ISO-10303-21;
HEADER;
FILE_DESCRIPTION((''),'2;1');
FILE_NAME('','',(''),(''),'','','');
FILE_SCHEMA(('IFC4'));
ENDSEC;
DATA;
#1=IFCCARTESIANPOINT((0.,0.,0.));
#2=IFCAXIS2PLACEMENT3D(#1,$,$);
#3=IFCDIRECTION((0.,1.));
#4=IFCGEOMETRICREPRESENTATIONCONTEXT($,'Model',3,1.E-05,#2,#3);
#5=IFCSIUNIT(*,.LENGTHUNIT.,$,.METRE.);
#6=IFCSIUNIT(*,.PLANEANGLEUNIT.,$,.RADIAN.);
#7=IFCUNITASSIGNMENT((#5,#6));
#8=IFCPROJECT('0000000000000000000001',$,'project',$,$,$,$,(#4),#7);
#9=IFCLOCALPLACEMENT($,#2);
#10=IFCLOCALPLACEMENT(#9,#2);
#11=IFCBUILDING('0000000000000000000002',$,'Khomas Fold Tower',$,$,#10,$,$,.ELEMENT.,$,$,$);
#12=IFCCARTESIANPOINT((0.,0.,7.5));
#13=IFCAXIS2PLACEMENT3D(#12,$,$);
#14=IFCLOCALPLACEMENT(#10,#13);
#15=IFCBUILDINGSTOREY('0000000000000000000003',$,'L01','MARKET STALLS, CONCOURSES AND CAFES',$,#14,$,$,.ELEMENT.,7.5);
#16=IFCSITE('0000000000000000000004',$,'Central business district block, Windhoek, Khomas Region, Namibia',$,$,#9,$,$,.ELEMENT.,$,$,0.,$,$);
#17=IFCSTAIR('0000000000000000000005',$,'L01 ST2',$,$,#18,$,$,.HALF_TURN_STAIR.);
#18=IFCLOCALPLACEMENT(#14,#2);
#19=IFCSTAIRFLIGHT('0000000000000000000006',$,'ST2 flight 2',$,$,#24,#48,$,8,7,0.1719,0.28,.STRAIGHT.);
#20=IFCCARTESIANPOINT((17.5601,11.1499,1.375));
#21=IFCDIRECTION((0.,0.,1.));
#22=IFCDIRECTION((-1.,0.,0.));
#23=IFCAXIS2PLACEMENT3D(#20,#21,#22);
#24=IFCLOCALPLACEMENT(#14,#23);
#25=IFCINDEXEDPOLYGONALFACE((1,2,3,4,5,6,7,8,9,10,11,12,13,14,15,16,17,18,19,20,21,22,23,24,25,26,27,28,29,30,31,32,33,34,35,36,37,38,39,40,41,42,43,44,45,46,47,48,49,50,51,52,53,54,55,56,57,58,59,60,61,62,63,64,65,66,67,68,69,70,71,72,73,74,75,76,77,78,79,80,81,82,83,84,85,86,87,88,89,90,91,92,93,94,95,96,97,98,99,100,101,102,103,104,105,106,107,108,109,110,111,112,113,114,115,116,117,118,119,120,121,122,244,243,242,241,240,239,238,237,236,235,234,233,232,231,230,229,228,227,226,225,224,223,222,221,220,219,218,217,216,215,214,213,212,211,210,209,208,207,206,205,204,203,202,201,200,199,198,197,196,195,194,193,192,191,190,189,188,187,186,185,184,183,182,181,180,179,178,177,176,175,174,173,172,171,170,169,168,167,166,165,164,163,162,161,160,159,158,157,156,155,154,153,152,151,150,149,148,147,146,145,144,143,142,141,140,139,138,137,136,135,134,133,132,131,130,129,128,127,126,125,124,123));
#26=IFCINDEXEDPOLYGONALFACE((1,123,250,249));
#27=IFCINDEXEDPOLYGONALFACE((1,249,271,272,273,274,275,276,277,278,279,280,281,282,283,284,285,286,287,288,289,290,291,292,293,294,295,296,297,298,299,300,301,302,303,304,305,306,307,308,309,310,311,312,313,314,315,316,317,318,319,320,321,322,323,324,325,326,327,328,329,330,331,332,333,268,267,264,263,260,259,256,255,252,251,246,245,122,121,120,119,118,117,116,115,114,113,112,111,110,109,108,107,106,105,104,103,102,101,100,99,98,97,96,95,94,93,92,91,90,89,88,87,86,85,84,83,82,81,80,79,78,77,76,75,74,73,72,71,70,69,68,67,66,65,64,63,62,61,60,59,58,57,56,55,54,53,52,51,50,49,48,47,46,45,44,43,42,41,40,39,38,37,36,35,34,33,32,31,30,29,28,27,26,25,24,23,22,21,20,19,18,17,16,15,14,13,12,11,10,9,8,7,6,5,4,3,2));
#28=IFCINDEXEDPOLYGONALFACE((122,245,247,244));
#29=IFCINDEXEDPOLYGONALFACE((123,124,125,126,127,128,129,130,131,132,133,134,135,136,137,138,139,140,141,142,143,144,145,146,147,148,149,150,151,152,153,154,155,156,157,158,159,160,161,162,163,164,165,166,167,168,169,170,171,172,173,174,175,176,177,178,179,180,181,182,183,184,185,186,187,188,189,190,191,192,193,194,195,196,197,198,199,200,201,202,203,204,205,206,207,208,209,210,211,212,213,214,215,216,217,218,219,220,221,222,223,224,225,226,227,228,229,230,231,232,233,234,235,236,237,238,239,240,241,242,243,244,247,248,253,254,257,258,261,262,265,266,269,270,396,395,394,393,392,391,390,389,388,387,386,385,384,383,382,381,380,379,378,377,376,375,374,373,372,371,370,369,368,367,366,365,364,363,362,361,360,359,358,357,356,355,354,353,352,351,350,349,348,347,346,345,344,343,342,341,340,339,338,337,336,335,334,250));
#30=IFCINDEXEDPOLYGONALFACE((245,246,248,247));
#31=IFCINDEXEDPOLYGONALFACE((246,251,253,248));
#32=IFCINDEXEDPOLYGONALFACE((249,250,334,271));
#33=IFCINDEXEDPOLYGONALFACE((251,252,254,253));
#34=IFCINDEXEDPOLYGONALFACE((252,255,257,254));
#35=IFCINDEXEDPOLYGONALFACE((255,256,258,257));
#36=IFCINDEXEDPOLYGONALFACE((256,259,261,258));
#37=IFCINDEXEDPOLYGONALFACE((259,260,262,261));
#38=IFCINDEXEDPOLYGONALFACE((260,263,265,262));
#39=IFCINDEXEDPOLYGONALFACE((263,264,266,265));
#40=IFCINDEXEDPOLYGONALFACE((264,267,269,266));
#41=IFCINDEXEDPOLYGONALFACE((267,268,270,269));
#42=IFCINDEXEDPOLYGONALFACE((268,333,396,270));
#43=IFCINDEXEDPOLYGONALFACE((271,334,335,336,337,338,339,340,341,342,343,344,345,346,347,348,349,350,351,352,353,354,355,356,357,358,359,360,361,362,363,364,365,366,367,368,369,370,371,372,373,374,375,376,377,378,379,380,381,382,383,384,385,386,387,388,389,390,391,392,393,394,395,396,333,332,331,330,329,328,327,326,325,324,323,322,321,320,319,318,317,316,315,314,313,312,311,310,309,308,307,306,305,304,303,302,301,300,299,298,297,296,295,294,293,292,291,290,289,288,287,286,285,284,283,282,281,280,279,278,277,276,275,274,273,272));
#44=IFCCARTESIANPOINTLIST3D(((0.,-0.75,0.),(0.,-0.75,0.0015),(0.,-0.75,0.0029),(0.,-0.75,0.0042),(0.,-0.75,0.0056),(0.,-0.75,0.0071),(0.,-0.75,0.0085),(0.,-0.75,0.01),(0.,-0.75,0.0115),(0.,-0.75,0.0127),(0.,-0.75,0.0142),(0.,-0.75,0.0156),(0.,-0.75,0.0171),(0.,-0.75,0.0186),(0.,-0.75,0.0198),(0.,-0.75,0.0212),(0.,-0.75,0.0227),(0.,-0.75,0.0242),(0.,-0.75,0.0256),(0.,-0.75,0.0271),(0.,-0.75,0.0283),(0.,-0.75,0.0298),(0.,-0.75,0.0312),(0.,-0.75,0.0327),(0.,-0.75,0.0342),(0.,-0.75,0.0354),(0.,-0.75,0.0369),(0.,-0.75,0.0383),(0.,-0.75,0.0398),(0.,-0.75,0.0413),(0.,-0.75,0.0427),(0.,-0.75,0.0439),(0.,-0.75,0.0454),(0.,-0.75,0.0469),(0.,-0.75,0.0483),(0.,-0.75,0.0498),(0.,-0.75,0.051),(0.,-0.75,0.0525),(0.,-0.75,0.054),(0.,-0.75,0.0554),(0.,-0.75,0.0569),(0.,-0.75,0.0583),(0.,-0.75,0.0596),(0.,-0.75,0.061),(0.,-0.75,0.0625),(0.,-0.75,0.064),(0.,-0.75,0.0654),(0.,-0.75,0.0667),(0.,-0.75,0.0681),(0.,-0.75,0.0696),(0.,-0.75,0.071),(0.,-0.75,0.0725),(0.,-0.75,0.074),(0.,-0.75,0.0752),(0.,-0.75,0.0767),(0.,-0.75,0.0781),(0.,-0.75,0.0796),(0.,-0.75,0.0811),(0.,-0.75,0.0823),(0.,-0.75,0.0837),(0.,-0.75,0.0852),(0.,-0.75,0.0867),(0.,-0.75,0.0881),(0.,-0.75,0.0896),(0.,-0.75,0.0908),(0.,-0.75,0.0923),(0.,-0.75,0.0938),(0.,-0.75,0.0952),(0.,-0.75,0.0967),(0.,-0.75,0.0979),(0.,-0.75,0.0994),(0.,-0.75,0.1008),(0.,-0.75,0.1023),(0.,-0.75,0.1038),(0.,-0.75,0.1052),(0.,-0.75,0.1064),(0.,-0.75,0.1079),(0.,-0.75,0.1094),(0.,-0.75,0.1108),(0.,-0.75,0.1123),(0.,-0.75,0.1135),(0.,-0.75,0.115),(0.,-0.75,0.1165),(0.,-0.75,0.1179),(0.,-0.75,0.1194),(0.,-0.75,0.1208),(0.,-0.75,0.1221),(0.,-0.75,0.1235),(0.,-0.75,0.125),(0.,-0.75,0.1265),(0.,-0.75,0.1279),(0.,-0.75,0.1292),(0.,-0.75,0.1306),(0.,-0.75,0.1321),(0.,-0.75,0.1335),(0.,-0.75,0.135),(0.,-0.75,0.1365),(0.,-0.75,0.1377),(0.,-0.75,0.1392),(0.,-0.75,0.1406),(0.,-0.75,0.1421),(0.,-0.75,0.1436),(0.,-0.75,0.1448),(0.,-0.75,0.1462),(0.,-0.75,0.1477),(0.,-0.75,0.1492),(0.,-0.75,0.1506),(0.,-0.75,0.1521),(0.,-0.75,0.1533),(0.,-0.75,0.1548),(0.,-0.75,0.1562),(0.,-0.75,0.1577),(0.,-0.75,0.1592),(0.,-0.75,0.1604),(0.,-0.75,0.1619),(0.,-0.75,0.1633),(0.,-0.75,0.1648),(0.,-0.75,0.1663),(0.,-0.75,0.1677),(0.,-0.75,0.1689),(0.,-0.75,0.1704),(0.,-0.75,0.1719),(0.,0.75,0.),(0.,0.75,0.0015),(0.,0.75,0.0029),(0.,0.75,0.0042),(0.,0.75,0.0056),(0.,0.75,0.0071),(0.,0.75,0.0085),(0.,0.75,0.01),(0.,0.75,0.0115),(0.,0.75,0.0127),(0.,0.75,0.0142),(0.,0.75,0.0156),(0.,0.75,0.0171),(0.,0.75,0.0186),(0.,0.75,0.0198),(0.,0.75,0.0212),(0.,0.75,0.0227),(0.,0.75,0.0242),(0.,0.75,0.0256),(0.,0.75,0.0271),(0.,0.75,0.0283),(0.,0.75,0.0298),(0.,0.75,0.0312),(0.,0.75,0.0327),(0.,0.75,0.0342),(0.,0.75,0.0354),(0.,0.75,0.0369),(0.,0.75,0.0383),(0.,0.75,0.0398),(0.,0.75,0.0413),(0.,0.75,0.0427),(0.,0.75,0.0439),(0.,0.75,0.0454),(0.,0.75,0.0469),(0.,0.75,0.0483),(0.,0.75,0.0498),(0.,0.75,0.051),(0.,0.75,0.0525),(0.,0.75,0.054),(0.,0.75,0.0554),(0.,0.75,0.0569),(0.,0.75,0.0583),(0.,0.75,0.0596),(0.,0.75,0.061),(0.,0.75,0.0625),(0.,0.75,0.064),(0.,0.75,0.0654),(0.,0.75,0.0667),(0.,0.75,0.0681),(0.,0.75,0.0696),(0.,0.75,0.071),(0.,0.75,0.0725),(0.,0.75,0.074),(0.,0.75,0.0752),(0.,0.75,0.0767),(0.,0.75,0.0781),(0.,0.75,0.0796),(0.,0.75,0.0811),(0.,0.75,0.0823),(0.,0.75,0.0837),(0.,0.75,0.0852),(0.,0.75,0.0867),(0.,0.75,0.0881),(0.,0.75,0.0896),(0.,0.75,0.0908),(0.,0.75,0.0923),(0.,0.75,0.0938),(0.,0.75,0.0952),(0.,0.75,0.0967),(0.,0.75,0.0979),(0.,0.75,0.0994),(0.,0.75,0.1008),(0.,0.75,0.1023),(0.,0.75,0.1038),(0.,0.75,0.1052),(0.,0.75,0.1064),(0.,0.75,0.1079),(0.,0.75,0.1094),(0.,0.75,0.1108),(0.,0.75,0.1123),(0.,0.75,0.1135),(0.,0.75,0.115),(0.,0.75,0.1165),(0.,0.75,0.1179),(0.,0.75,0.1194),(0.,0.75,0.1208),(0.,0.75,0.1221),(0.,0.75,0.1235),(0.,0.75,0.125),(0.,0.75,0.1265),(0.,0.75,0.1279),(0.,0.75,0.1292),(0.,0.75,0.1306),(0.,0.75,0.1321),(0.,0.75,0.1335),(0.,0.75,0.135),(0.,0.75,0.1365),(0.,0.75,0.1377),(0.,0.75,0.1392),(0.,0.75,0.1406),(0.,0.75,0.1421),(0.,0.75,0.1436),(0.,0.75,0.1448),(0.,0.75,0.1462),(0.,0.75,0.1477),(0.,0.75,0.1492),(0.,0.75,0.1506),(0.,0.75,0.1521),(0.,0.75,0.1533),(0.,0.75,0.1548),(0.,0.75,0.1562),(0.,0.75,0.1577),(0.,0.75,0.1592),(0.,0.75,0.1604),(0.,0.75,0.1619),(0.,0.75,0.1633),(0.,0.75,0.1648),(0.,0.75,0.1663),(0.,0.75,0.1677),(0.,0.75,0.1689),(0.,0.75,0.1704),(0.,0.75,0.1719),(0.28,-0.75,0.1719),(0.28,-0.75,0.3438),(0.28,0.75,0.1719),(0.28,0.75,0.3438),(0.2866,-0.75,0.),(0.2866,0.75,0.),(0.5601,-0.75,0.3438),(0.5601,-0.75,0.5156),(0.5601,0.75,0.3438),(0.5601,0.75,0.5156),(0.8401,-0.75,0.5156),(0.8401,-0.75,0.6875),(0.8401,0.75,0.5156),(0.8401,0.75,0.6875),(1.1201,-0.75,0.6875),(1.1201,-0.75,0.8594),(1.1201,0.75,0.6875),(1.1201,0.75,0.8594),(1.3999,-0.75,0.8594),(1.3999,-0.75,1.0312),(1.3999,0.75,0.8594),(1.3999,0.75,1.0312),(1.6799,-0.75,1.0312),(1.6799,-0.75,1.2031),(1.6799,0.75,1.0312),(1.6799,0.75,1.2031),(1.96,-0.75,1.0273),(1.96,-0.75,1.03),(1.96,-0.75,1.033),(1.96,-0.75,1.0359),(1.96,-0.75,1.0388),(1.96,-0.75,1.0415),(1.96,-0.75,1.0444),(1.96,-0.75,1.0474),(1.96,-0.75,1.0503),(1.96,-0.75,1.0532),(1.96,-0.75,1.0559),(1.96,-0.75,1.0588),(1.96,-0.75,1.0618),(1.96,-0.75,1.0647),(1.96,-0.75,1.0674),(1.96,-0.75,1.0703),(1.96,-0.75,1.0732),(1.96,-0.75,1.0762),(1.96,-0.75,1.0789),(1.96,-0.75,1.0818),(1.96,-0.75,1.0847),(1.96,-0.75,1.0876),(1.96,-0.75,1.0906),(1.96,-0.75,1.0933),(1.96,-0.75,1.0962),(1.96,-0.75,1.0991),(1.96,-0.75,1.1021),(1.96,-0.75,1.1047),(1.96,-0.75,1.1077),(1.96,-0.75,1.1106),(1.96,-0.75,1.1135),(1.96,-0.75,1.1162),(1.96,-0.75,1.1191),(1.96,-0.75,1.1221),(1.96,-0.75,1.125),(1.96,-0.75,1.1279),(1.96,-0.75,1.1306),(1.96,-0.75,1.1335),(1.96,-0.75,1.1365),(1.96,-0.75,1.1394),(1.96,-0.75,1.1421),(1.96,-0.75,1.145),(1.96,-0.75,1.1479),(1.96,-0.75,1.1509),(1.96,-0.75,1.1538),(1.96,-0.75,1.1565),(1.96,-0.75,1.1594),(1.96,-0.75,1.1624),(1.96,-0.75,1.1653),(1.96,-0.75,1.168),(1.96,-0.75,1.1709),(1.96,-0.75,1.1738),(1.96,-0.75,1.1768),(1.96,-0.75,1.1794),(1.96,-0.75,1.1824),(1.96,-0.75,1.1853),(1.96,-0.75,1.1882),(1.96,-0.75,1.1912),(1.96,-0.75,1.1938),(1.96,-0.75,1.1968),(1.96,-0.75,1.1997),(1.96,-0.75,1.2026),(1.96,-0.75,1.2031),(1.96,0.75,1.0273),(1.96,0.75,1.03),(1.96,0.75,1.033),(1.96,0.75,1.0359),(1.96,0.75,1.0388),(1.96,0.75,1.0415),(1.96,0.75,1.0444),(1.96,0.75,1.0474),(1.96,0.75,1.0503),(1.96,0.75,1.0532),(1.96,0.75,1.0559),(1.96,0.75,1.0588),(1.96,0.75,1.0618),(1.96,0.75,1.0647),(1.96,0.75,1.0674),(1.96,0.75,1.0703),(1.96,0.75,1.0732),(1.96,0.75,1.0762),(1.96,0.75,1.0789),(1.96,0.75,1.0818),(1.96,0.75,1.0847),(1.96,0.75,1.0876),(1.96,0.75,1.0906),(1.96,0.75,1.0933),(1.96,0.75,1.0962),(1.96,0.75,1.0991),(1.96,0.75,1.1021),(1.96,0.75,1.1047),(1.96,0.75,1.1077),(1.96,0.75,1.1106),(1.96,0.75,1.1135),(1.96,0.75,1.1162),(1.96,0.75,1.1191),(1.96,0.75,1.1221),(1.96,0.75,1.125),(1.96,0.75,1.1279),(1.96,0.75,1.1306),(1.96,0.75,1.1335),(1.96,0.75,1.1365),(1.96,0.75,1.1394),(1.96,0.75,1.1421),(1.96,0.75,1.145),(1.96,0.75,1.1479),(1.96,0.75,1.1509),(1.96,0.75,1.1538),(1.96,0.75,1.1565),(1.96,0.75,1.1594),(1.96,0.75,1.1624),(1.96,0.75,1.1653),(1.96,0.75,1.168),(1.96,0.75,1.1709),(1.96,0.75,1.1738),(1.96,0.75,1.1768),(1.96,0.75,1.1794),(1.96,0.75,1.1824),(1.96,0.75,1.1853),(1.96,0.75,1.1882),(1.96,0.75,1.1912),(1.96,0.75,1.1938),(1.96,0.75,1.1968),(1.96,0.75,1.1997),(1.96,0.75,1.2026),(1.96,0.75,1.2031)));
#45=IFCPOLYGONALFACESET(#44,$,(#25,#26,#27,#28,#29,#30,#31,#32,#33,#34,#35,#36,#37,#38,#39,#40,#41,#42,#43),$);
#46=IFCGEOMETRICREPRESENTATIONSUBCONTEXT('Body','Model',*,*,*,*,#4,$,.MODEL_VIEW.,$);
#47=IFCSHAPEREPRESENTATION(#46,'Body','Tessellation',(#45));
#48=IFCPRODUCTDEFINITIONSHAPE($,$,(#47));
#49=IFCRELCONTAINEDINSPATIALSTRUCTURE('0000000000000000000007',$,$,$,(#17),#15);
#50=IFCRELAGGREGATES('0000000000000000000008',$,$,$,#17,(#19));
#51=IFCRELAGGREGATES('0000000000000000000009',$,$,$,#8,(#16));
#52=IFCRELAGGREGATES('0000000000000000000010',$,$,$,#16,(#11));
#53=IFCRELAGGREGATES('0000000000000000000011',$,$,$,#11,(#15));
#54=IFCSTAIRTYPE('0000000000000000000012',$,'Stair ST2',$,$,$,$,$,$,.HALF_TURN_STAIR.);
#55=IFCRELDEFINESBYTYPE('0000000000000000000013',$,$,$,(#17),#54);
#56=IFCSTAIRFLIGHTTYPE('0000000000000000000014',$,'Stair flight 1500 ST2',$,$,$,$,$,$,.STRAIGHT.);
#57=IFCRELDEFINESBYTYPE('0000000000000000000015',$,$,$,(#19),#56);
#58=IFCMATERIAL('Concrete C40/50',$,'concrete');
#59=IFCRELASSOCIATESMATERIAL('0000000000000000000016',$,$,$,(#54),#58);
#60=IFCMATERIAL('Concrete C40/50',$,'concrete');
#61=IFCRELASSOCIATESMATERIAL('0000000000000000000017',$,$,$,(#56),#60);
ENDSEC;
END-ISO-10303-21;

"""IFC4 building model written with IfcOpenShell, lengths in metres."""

from ifc_helpers import new_model, si_unit, direction, frame, origin, place, context, subcontext, project, spatial, polyline, outline, extrude, source, transform, mapped, material, type_object, element, aggregate, save


model = new_model("IFC4")

# Units and contexts
model_context = context("Model", 3, precision=1e-05, world=origin(), true_north=direction((0.0, 1.0)))
body_context = subcontext(model_context, "Body", "Model", "MODEL_VIEW")
ifc_project = project(units=[si_unit("LENGTHUNIT", "METRE"), si_unit("PLANEANGLEUNIT", "RADIAN")], contexts=[model_context])

# Site, building, storey
site_placement = place(None, origin())
site = spatial("IfcSite", under=ifc_project, at=site_placement, Name="Central business district block, Windhoek, Khomas Region, Namibia", CompositionType="ELEMENT", RefElevation=0.0)
building_placement = place(site_placement, origin())
building = spatial("IfcBuilding", under=site, at=building_placement, Name="Khomas Fold Tower", CompositionType="ELEMENT")
storey_placement = place(building_placement, frame((0.0, 0.0, 7.5)))
storey = spatial("IfcBuildingStorey", under=building, at=storey_placement, Name="L01", Description="MARKET STALLS, CONCOURSES AND CAFES", CompositionType="ELEMENT", Elevation=7.5)

# Stair, stair flight
ifc_material_1 = material(Name="Concrete C40/50", Category="concrete")
stair_type = type_object("IfcStairType", Name="Stair ST2", PredefinedType="HALF_TURN_STAIR", material=ifc_material_1)
stair_placement = place(storey_placement, origin())
stair = element("IfcStair", 1, at=stair_placement, inside=storey, type_object=stair_type, Name="L01 ST2", PredefinedType="HALF_TURN_STAIR")
ifc_material_2 = material(Name="Concrete C40/50", Category="concrete")
stair_flight_type = type_object("IfcStairFlightType", Name="Stair flight 1500 ST2", PredefinedType="STRAIGHT", material=ifc_material_2)
shared_shape_1 = source(origin(), body_context, "Body", "SweptSolid", [
    extrude(outline(polyline([(0.0, 0.0), (0.0, 0.0015), (0.0, 0.0029), (0.0, 0.0042), (0.0, 0.0056), (0.0, 0.0071), (0.0, 0.0085), (0.0, 0.01), (0.0, 0.0115), (0.0, 0.0127), (0.0, 0.0142), (0.0, 0.0156), (0.0, 0.0171), (0.0, 0.0186), (0.0, 0.0198), (0.0, 0.0212), (0.0, 0.0227), (0.0, 0.0242), (0.0, 0.0256), (0.0, 0.0271), (0.0, 0.0283), (0.0, 0.0298), (0.0, 0.0312), (0.0, 0.0327), (0.0, 0.0342), (0.0, 0.0354), (0.0, 0.0369), (0.0, 0.0383), (0.0, 0.0398), (0.0, 0.0413), (0.0, 0.0427), (0.0, 0.0439), (0.0, 0.0454), (0.0, 0.0469), (0.0, 0.0483), (0.0, 0.0498), (0.0, 0.051), (0.0, 0.0525), (0.0, 0.054), (0.0, 0.0554), (0.0, 0.0569), (0.0, 0.0583), (0.0, 0.0596), (0.0, 0.061), (0.0, 0.0625), (0.0, 0.064), (0.0, 0.0654), (0.0, 0.0667), (0.0, 0.0681), (0.0, 0.0696), (0.0, 0.071), (0.0, 0.0725), (0.0, 0.074), (0.0, 0.0752), (0.0, 0.0767), (0.0, 0.0781), (0.0, 0.0796), (0.0, 0.0811), (0.0, 0.0823), (0.0, 0.0837), (0.0, 0.0852), (0.0, 0.0867), (0.0, 0.0881), (0.0, 0.0896), (0.0, 0.0908), (0.0, 0.0923), (0.0, 0.0938), (0.0, 0.0952), (0.0, 0.0967), (0.0, 0.0979), (0.0, 0.0994), (0.0, 0.1008), (0.0, 0.1023), (0.0, 0.1038), (0.0, 0.1052), (0.0, 0.1064), (0.0, 0.1079), (0.0, 0.1094), (0.0, 0.1108), (0.0, 0.1123), (0.0, 0.1135), (0.0, 0.115), (0.0, 0.1165), (0.0, 0.1179), (0.0, 0.1194), (0.0, 0.1208), (0.0, 0.1221), (0.0, 0.1235), (0.0, 0.125), (0.0, 0.1265), (0.0, 0.1279), (0.0, 0.1292), (0.0, 0.1306), (0.0, 0.1321), (0.0, 0.1335), (0.0, 0.135), (0.0, 0.1365), (0.0, 0.1377), (0.0, 0.1392), (0.0, 0.1406), (0.0, 0.1421), (0.0, 0.1436), (0.0, 0.1448), (0.0, 0.1462), (0.0, 0.1477), (0.0, 0.1492), (0.0, 0.1506), (0.0, 0.1521), (0.0, 0.1533), (0.0, 0.1548), (0.0, 0.1562), (0.0, 0.1577), (0.0, 0.1592), (0.0, 0.1604), (0.0, 0.1619), (0.0, 0.1633), (0.0, 0.1648), (0.0, 0.1663), (0.0, 0.1677), (0.0, 0.1689), (0.0, 0.1704), (0.0, 0.1719), (0.28, 0.1719), (0.28, 0.3438), (0.5601, 0.3438), (0.5601, 0.5156), (0.8401, 0.5156), (0.8401, 0.6875), (1.1201, 0.6875), (1.1201, 0.8594), (1.3999, 0.8594), (1.3999, 1.0312), (1.6799, 1.0312), (1.6799, 1.2031), (1.96, 1.2031), (1.96, 1.375), (1.96, 1.3721), (1.96, 1.3691), (1.96, 1.3665), (1.96, 1.3635), (1.96, 1.3606), (1.96, 1.3577), (1.96, 1.355), (1.96, 1.3521), (1.96, 1.3491), (1.96, 1.3462), (1.96, 1.3435), (1.96, 1.3406), (1.96, 1.3376), (1.96, 1.3347), (1.96, 1.3318), (1.96, 1.3291), (1.96, 1.3262), (1.96, 1.3232), (1.96, 1.3203), (1.96, 1.3176), (1.96, 1.3147), (1.96, 1.3118), (1.96, 1.3088), (1.96, 1.3059), (1.96, 1.3032), (1.96, 1.3003), (1.96, 1.2974), (1.96, 1.2944), (1.96, 1.2917), (1.96, 1.2888), (1.96, 1.2859), (1.96, 1.283), (1.96, 1.2803), (1.96, 1.2773), (1.96, 1.2744), (1.96, 1.2715), (1.96, 1.2686), (1.96, 1.2659), (1.96, 1.2629), (1.96, 1.26), (1.96, 1.2571), (1.96, 1.2544), (1.96, 1.2515), (1.96, 1.2485), (1.96, 1.2456), (1.96, 1.2427), (1.96, 1.24), (1.96, 1.2371), (1.96, 1.2341), (1.96, 1.2312), (1.96, 1.2285), (1.96, 1.2256), (1.96, 1.2227), (1.96, 1.2197), (1.96, 1.217), (1.96, 1.2141), (1.96, 1.2112), (1.96, 1.2083), (1.96, 1.2053), (1.96, 1.2026), (1.96, 1.1997), (1.96, 1.1968), (1.96, 1.1938), (1.96, 1.1912), (1.96, 1.1882), (1.96, 1.1853), (1.96, 1.1824), (1.96, 1.1794), (1.96, 1.1768), (1.96, 1.1738), (1.96, 1.1709), (1.96, 1.168), (1.96, 1.1653), (1.96, 1.1624), (1.96, 1.1594), (1.96, 1.1565), (1.96, 1.1538), (1.96, 1.1509), (1.96, 1.1479), (1.96, 1.145), (1.96, 1.1421), (1.96, 1.1394), (1.96, 1.1365), (1.96, 1.1335), (1.96, 1.1306), (1.96, 1.1279), (1.96, 1.125), (1.96, 1.1221), (1.96, 1.1191), (1.96, 1.1162), (1.96, 1.1135), (1.96, 1.1106), (1.96, 1.1077), (1.96, 1.1047), (1.96, 1.1021), (1.96, 1.0991), (1.96, 1.0962), (1.96, 1.0933), (1.96, 1.0906), (1.96, 1.0876), (1.96, 1.0847), (1.96, 1.0818), (1.96, 1.0789), (1.96, 1.0762), (1.96, 1.0732), (1.96, 1.0703), (1.96, 1.0674), (1.96, 1.0647), (1.96, 1.0618), (1.96, 1.0588), (1.96, 1.0559), (1.96, 1.0532), (1.96, 1.0503), (1.96, 1.0474), (1.96, 1.0444), (1.96, 1.0415), (1.96, 1.0388), (1.96, 1.0359), (1.96, 1.033), (1.96, 1.03), (1.96, 1.0273), (0.2866, 0.0), (0.0, 0.0)])), frame((0.0, 0.75, 0.0), z_axis=(0.0, -1.0, 0.0), x_axis=(1.0, 0.0, 0.0)), (0.0, 0.0, 1.0), 1.5),
])
stair_flight_1_placement = place(storey_placement, frame((17.5601, 11.1499, 1.375), z_axis=(0.0, 0.0, 1.0), x_axis=(-1.0, 0.0, 0.0)))
stair_flight_1 = element("IfcStairFlight", 2, at=stair_flight_1_placement, type_object=stair_flight_type, Name="ST2 flight 2", NumberOfRisers=8, NumberOfTreads=7, PredefinedType="STRAIGHT", RiserHeight=0.1719, TreadLength=0.28, context=body_context, shape_type="MappedRepresentation", body=[
    mapped(shared_shape_1, transform((0.0, 0.0, 0.0))),
])
aggregate(stair, [stair_flight_1])

save(model, "model.ifc")
